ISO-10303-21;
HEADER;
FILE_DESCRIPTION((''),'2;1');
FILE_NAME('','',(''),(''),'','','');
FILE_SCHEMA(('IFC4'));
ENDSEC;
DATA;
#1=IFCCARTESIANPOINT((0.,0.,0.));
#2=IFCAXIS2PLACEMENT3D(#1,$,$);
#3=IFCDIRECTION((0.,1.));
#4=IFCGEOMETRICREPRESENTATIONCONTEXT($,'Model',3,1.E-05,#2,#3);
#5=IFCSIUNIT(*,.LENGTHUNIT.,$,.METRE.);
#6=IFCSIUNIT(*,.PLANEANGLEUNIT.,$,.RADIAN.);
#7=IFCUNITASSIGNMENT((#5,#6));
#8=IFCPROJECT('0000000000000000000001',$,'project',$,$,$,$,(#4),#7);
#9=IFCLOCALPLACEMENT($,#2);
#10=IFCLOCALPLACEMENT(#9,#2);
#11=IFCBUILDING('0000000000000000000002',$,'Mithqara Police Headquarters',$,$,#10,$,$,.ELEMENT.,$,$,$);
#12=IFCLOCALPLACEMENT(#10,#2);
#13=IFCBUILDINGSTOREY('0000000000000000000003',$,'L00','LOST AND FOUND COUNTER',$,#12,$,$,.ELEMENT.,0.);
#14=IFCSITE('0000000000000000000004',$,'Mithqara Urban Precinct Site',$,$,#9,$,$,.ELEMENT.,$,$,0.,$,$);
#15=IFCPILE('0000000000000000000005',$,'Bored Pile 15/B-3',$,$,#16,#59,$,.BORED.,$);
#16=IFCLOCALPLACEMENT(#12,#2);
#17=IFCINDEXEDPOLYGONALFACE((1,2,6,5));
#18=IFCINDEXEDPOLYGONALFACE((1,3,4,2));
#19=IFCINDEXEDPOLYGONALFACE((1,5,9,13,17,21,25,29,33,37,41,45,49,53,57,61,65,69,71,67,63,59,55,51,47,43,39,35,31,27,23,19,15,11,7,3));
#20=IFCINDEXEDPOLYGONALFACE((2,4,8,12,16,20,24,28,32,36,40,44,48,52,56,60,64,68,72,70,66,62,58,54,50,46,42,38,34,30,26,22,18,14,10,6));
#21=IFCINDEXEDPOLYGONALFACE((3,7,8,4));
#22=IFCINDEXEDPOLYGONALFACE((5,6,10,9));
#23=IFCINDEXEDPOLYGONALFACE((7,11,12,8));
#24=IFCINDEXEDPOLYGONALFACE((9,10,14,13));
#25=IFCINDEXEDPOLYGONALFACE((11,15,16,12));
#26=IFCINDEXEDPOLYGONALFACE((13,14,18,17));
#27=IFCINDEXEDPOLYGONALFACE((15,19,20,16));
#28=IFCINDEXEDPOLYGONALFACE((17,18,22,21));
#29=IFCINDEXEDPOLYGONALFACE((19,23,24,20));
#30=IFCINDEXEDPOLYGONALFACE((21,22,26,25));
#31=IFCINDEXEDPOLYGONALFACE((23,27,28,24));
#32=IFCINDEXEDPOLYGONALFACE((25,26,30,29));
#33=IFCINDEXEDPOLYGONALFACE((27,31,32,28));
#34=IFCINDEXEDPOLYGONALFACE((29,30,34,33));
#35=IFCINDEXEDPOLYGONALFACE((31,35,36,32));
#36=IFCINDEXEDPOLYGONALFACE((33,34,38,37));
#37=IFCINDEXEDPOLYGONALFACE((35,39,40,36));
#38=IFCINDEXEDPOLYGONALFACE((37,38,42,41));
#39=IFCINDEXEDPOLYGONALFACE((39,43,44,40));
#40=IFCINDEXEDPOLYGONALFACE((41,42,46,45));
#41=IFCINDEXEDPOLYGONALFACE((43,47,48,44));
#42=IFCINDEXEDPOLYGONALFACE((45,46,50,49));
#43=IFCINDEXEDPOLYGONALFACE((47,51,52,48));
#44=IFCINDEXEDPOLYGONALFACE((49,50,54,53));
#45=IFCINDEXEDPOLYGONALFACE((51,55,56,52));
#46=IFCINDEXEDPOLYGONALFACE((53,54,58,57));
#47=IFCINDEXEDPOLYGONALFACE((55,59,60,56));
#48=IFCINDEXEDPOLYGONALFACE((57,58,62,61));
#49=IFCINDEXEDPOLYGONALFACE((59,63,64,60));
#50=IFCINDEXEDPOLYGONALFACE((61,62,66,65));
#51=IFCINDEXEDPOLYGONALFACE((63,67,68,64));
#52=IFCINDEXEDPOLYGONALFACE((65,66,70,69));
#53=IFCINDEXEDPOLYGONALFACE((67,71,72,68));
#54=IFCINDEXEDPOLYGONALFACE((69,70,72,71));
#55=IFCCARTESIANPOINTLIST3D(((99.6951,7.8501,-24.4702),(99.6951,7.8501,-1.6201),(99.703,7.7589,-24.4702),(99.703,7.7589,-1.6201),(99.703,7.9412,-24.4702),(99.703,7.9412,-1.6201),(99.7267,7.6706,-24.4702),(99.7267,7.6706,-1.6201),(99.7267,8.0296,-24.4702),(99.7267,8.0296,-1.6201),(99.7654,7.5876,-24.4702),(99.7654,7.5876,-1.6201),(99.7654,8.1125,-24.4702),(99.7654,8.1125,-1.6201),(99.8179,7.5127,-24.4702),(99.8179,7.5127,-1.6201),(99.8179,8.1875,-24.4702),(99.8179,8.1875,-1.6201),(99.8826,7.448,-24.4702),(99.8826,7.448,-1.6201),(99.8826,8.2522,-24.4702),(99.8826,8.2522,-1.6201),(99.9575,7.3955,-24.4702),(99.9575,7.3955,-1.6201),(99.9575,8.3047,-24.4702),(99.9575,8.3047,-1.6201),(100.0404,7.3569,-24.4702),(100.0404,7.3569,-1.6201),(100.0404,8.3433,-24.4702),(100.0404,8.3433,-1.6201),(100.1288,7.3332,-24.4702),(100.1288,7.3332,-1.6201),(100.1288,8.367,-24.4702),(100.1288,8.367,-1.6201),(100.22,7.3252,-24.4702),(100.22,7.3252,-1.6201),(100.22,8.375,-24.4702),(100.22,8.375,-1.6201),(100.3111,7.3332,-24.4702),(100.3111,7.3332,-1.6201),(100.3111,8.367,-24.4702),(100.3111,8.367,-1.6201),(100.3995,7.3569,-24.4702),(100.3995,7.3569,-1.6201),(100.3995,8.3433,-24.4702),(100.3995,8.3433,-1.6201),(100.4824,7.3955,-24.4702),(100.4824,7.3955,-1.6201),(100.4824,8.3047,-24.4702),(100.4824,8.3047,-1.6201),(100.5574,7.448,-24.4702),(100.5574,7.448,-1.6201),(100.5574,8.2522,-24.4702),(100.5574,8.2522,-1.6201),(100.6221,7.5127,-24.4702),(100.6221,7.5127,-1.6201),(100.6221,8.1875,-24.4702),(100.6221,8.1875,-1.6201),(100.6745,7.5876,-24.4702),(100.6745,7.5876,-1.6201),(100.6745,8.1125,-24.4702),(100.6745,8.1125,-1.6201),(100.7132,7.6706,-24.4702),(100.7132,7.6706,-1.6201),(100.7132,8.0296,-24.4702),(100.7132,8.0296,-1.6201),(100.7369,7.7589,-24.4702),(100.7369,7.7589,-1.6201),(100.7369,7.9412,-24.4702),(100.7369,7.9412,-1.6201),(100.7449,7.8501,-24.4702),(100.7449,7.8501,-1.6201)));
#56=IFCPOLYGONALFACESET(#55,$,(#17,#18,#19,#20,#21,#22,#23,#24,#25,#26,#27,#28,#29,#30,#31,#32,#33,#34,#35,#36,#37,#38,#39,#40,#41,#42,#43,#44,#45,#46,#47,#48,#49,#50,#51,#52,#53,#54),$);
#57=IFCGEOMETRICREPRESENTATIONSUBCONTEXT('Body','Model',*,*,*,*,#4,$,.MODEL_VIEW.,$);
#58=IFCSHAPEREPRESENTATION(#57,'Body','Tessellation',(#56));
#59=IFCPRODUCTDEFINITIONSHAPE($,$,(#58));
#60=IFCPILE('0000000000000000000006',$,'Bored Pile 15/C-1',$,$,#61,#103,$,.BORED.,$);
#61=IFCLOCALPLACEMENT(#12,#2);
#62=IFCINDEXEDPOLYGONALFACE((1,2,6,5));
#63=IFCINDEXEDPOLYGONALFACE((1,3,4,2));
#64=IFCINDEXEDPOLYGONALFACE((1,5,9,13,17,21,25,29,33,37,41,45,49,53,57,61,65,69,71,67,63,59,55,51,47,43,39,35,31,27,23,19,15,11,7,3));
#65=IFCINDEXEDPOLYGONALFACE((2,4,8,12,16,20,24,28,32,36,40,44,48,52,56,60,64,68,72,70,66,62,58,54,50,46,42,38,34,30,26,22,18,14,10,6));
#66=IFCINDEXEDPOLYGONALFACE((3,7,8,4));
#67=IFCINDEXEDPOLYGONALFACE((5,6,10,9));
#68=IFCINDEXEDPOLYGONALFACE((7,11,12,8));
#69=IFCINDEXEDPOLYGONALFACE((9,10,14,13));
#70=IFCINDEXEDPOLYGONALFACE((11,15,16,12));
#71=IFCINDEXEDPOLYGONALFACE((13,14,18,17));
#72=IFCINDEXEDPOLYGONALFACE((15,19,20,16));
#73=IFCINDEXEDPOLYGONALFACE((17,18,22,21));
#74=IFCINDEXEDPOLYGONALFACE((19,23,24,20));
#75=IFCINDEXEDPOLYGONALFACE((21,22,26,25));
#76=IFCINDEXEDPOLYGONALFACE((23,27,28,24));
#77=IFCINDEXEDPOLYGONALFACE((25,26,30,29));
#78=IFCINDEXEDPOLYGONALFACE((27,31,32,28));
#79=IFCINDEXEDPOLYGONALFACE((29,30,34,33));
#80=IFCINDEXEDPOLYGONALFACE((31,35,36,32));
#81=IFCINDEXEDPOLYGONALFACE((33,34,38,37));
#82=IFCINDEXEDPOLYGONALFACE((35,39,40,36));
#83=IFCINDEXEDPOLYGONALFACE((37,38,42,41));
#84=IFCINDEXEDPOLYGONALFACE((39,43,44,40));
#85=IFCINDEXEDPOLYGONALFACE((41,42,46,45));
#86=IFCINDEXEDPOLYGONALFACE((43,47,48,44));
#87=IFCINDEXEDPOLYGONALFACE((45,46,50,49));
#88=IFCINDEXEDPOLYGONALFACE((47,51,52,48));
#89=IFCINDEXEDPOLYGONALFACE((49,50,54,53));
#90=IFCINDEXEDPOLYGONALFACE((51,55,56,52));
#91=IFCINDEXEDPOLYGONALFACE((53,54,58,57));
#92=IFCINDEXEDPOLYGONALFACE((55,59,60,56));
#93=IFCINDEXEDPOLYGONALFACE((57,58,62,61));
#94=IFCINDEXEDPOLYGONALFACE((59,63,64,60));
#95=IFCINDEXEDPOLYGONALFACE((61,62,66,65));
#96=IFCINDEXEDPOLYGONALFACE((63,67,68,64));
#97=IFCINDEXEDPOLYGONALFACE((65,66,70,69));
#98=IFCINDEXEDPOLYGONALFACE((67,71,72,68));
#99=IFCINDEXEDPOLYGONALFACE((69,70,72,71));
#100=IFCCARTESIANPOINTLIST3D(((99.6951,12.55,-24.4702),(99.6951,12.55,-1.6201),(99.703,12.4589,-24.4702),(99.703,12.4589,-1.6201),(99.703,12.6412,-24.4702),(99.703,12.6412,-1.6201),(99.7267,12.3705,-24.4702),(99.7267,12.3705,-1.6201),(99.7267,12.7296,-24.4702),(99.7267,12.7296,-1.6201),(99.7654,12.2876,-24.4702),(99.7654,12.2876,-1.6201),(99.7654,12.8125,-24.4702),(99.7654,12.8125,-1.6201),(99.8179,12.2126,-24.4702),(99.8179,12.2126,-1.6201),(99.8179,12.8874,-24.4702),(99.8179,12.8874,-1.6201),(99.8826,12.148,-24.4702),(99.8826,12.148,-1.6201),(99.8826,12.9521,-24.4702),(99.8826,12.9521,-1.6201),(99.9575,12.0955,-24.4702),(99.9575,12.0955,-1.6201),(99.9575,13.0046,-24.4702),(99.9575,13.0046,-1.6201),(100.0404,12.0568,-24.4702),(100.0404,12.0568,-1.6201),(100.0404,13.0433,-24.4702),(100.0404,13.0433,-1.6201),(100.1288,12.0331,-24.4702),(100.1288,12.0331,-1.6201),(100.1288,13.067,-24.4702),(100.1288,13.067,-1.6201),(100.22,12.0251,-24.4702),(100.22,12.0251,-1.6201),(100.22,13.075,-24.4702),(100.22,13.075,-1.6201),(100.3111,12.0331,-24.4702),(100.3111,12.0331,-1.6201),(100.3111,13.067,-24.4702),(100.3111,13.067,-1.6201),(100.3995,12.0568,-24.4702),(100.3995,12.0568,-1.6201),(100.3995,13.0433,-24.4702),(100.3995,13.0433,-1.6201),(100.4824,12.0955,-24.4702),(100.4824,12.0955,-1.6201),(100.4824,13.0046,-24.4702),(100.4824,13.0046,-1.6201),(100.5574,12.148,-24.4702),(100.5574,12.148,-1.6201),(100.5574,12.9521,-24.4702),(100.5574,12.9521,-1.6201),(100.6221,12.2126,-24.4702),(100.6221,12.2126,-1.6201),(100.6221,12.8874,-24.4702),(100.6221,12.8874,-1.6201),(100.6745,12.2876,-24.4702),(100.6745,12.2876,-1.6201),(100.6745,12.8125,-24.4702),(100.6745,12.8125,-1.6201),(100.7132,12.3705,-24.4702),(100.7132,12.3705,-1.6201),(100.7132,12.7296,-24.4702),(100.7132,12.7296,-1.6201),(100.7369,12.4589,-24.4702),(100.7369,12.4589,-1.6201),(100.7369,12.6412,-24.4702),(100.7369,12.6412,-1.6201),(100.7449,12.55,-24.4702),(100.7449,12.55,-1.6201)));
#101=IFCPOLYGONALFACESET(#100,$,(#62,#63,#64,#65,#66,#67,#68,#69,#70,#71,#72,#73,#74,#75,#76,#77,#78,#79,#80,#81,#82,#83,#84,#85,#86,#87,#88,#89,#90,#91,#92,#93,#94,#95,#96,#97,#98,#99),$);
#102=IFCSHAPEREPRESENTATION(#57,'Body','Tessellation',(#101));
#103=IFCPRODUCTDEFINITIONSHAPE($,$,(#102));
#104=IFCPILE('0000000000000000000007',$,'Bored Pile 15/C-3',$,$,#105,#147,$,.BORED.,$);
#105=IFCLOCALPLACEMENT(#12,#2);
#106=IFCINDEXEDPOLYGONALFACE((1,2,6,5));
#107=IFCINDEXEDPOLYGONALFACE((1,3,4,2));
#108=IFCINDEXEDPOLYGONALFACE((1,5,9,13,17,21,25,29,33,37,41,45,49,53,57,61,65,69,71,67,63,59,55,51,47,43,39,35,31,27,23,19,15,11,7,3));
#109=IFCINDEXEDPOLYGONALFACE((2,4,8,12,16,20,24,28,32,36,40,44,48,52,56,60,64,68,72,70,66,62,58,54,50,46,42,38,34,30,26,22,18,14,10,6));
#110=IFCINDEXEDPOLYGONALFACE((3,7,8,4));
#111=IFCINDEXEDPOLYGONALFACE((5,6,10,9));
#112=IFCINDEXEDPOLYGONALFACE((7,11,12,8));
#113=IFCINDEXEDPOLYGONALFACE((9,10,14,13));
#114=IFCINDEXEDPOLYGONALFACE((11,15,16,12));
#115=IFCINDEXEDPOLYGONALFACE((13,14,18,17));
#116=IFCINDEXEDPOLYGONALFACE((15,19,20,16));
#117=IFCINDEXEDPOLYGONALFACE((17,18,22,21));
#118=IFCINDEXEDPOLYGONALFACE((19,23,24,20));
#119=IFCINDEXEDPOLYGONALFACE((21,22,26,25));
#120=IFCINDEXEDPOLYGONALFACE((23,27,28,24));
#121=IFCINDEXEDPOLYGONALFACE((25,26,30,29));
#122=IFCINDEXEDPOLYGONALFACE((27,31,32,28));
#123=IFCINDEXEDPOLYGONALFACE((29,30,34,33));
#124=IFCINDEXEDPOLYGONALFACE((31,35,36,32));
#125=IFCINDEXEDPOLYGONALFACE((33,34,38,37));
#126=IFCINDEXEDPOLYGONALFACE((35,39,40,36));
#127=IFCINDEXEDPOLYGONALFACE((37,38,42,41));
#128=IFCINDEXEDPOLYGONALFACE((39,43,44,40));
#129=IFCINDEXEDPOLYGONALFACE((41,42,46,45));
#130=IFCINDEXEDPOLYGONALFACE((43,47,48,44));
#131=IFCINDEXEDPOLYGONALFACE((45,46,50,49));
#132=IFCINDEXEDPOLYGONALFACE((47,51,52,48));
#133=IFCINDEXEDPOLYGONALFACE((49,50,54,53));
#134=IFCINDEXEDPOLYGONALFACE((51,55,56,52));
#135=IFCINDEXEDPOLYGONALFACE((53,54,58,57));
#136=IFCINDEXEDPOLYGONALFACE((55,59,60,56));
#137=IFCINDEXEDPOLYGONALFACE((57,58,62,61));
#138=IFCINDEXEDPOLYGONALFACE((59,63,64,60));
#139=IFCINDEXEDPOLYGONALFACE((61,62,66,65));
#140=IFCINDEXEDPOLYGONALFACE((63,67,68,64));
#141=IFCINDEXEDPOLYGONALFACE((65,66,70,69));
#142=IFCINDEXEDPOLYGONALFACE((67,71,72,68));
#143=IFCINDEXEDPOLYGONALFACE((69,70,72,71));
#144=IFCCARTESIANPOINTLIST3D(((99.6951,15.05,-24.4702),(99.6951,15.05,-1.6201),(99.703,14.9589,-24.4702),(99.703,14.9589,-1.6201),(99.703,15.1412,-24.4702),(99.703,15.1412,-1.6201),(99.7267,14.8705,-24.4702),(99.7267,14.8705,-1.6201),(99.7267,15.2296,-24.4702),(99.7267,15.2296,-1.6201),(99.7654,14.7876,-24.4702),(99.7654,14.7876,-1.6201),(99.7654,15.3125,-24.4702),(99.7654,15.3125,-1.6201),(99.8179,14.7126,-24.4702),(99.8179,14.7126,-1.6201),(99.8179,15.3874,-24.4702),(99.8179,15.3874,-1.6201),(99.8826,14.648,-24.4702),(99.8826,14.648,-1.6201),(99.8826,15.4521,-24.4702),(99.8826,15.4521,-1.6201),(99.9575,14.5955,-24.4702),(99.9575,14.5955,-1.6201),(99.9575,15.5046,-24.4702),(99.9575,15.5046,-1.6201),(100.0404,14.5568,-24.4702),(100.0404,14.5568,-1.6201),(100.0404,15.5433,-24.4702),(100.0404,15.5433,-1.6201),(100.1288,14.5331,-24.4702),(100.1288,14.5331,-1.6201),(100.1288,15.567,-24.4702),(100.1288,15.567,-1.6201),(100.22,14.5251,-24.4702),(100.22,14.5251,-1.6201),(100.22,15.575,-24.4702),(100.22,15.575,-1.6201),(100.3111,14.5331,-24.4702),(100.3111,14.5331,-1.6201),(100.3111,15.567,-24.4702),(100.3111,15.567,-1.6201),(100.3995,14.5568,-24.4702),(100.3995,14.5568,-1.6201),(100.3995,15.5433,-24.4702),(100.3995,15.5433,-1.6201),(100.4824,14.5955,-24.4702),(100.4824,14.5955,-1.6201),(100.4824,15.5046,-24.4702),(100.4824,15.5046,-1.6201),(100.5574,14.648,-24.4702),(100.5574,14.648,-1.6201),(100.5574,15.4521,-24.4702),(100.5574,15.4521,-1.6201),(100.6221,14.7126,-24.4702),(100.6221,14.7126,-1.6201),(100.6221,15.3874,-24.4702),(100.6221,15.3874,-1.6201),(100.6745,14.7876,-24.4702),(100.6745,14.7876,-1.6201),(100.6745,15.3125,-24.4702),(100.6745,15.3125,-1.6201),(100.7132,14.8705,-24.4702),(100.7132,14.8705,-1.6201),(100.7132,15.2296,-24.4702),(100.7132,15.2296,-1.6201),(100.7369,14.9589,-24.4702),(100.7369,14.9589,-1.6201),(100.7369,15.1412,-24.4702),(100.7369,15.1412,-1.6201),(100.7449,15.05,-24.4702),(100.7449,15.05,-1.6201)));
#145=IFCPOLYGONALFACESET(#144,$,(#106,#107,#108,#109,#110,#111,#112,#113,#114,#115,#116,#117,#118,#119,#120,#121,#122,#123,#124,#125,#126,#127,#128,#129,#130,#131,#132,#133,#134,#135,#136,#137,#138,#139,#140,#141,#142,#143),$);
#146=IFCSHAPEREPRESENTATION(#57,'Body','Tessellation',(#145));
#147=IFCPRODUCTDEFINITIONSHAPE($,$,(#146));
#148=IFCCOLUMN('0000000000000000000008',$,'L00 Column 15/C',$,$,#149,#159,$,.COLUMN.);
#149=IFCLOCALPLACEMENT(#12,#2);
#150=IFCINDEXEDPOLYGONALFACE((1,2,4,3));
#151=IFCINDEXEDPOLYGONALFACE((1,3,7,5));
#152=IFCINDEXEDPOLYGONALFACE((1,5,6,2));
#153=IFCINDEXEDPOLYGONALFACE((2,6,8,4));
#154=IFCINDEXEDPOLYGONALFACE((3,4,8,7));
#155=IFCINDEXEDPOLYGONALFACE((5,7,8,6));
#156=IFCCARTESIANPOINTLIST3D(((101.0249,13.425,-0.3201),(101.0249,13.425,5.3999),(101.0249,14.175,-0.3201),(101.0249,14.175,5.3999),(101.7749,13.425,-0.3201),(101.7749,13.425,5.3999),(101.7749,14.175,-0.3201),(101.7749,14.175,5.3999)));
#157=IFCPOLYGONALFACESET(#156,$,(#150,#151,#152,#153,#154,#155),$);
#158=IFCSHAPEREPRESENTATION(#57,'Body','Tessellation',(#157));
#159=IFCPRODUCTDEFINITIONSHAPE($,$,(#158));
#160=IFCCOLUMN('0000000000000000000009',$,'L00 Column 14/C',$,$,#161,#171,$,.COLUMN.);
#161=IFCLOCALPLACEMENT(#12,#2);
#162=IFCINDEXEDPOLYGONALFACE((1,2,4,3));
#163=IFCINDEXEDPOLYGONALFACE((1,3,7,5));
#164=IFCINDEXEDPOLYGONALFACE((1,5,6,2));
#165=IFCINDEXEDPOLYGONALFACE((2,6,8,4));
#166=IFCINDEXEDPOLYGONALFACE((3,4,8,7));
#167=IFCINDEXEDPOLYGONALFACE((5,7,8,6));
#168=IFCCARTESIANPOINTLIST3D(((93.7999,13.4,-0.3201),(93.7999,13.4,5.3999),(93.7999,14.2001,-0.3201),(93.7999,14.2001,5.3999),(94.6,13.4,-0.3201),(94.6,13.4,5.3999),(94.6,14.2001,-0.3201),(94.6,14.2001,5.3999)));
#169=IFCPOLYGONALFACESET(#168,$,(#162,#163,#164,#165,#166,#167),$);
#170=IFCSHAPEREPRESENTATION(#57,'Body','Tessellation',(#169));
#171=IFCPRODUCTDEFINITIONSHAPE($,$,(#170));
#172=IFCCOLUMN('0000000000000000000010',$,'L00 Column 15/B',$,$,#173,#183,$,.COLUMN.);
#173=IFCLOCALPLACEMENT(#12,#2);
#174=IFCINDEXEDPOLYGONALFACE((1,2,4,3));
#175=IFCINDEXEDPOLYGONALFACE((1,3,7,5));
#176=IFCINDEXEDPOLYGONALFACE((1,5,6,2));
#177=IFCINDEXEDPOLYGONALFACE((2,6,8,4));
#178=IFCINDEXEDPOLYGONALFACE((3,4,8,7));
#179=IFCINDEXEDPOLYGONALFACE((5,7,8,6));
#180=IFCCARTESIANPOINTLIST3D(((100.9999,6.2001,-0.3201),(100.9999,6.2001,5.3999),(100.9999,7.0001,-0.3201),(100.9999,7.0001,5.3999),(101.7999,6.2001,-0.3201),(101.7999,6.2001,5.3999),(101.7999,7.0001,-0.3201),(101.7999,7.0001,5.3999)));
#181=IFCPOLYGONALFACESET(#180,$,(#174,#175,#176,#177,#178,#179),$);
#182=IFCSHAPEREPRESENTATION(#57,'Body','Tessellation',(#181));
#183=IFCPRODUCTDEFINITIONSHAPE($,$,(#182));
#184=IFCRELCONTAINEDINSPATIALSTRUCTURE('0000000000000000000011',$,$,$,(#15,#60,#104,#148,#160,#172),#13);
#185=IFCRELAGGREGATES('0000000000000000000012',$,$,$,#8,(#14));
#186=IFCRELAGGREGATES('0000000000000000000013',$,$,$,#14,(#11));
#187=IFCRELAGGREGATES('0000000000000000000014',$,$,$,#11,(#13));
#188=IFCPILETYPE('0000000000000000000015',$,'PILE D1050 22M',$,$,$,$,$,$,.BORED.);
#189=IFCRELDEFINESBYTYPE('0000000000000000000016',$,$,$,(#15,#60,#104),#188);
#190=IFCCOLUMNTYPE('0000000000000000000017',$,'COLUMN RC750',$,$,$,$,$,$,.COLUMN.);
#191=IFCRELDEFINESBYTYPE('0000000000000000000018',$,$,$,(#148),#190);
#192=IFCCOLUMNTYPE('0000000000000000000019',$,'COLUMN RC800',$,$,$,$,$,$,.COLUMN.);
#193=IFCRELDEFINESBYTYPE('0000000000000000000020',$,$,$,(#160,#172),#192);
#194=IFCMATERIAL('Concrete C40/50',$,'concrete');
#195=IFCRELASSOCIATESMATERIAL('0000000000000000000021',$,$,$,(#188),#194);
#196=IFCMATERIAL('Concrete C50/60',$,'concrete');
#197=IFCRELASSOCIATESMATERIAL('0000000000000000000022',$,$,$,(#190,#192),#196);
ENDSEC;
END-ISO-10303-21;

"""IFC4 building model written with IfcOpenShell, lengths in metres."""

from ifc_helpers import new_model, si_unit, direction, frame, origin, origin_2d, place, context, subcontext, project, spatial, rectangle, circle, extrude, material, material_profile, profile_set, type_object, element, save


model = new_model("IFC4")

# Units and contexts
model_context = context("Model", 3, precision=1e-05, world=origin(), true_north=direction((0.0, 1.0)))
body_context = subcontext(model_context, "Body", "Model", "MODEL_VIEW")
ifc_project = project(units=[si_unit("LENGTHUNIT", "METRE"), si_unit("PLANEANGLEUNIT", "RADIAN")], contexts=[model_context])

# Site, building, storey
site_placement = place(None, origin())
site = spatial("IfcSite", under=ifc_project, at=site_placement, Name="Mithqara Urban Precinct Site", CompositionType="ELEMENT", RefElevation=0.0)
building_placement = place(site_placement, origin())
building = spatial("IfcBuilding", under=site, at=building_placement, Name="Mithqara Police Headquarters", CompositionType="ELEMENT")
storey_placement = place(building_placement, origin())
storey = spatial("IfcBuildingStorey", under=building, at=storey_placement, Name="L00", Description="LOST AND FOUND COUNTER", CompositionType="ELEMENT", Elevation=0.0)

# Shared definitions
ifc_material_1 = material(Name="Concrete C40/50", Category="concrete")

# Piles
ifc_material_profile_1 = material_profile(ifc_material_1, circle(Radius=0.5249, at=origin_2d()), Name="PILE D1050")
ifc_profile_set_1 = profile_set([ifc_material_profile_1], Name="Concrete C40/50")
pile_type = type_object("IfcPileType", Name="PILE D1050 22M", PredefinedType="BORED", material=ifc_profile_set_1)
for number, where, z_axis, x_axis, name in (
    (1, (100.22, 7.8501, -1.6201), (0.0, 0.0, -1.0), (1.0, 0.0, 0.0), "Bored Pile 15/B-3"),
    (2, (100.22, 12.55, -1.6201), (0.0, 0.0, -1.0), (1.0, 0.0, 0.0), "Bored Pile 15/C-1"),
    (3, (100.22, 15.05, -1.6201), (0.0, 0.0, -1.0), (1.0, 0.0, 0.0), "Bored Pile 15/C-3"),
):
    element("IfcPile", number, at=place(storey_placement, frame(where, z_axis=z_axis, x_axis=x_axis)), inside=storey, type_object=pile_type, Name=name, PredefinedType="BORED", context=body_context, shape_type="SweptSolid", body=[
        extrude(circle(Radius=0.5249, at=origin_2d()), origin(), (0.0, 0.0, 1.0), 22.8501),
    ])

# Columns
ifc_material_2 = material(Name="Concrete C50/60", Category="concrete")
ifc_material_profile_2 = material_profile(ifc_material_2, rectangle(XDim=0.75, YDim=0.75, at=origin_2d()), Name="RC 750x750")
ifc_profile_set_2 = profile_set([ifc_material_profile_2], Name="Concrete C50/60")
column_type_1 = type_object("IfcColumnType", Name="COLUMN RC750", PredefinedType="COLUMN", material=ifc_profile_set_2)
column_placement = place(storey_placement, frame((101.3999, 13.8, -0.3201), z_axis=(0.0, 0.0, 1.0), x_axis=(1.0, 0.0, 0.0)))
element("IfcColumn", 4, at=column_placement, inside=storey, type_object=column_type_1, Name="L00 Column 15/C", PredefinedType="COLUMN", context=body_context, shape_type="SweptSolid", body=[
    extrude(rectangle(XDim=0.75, YDim=0.75, at=origin_2d()), origin(), (0.0, 0.0, 1.0), 5.72),
])
ifc_material_profile_3 = material_profile(ifc_material_2, rectangle(XDim=0.8, YDim=0.8, at=origin_2d()), Name="RC 800x800")
ifc_profile_set_3 = profile_set([ifc_material_profile_3], Name="Concrete C50/60")
column_type_2 = type_object("IfcColumnType", Name="COLUMN RC800", PredefinedType="COLUMN", material=ifc_profile_set_3)
for number, where, z_axis, x_axis, name in (
    (5, (94.2, 13.8, -0.3201), (0.0, 0.0, 1.0), (1.0, 0.0, 0.0), "L00 Column 14/C"),
    (6, (101.3999, 6.6001, -0.3201), (0.0, 0.0, 1.0), (1.0, 0.0, 0.0), "L00 Column 15/B"),
):
    element("IfcColumn", number, at=place(storey_placement, frame(where, z_axis=z_axis, x_axis=x_axis)), inside=storey, type_object=column_type_2, Name=name, PredefinedType="COLUMN", context=body_context, shape_type="SweptSolid", body=[
        extrude(rectangle(XDim=0.8, YDim=0.8, at=origin_2d()), origin(), (0.0, 0.0, 1.0), 5.72),
    ])

save(model, "model.ifc")
